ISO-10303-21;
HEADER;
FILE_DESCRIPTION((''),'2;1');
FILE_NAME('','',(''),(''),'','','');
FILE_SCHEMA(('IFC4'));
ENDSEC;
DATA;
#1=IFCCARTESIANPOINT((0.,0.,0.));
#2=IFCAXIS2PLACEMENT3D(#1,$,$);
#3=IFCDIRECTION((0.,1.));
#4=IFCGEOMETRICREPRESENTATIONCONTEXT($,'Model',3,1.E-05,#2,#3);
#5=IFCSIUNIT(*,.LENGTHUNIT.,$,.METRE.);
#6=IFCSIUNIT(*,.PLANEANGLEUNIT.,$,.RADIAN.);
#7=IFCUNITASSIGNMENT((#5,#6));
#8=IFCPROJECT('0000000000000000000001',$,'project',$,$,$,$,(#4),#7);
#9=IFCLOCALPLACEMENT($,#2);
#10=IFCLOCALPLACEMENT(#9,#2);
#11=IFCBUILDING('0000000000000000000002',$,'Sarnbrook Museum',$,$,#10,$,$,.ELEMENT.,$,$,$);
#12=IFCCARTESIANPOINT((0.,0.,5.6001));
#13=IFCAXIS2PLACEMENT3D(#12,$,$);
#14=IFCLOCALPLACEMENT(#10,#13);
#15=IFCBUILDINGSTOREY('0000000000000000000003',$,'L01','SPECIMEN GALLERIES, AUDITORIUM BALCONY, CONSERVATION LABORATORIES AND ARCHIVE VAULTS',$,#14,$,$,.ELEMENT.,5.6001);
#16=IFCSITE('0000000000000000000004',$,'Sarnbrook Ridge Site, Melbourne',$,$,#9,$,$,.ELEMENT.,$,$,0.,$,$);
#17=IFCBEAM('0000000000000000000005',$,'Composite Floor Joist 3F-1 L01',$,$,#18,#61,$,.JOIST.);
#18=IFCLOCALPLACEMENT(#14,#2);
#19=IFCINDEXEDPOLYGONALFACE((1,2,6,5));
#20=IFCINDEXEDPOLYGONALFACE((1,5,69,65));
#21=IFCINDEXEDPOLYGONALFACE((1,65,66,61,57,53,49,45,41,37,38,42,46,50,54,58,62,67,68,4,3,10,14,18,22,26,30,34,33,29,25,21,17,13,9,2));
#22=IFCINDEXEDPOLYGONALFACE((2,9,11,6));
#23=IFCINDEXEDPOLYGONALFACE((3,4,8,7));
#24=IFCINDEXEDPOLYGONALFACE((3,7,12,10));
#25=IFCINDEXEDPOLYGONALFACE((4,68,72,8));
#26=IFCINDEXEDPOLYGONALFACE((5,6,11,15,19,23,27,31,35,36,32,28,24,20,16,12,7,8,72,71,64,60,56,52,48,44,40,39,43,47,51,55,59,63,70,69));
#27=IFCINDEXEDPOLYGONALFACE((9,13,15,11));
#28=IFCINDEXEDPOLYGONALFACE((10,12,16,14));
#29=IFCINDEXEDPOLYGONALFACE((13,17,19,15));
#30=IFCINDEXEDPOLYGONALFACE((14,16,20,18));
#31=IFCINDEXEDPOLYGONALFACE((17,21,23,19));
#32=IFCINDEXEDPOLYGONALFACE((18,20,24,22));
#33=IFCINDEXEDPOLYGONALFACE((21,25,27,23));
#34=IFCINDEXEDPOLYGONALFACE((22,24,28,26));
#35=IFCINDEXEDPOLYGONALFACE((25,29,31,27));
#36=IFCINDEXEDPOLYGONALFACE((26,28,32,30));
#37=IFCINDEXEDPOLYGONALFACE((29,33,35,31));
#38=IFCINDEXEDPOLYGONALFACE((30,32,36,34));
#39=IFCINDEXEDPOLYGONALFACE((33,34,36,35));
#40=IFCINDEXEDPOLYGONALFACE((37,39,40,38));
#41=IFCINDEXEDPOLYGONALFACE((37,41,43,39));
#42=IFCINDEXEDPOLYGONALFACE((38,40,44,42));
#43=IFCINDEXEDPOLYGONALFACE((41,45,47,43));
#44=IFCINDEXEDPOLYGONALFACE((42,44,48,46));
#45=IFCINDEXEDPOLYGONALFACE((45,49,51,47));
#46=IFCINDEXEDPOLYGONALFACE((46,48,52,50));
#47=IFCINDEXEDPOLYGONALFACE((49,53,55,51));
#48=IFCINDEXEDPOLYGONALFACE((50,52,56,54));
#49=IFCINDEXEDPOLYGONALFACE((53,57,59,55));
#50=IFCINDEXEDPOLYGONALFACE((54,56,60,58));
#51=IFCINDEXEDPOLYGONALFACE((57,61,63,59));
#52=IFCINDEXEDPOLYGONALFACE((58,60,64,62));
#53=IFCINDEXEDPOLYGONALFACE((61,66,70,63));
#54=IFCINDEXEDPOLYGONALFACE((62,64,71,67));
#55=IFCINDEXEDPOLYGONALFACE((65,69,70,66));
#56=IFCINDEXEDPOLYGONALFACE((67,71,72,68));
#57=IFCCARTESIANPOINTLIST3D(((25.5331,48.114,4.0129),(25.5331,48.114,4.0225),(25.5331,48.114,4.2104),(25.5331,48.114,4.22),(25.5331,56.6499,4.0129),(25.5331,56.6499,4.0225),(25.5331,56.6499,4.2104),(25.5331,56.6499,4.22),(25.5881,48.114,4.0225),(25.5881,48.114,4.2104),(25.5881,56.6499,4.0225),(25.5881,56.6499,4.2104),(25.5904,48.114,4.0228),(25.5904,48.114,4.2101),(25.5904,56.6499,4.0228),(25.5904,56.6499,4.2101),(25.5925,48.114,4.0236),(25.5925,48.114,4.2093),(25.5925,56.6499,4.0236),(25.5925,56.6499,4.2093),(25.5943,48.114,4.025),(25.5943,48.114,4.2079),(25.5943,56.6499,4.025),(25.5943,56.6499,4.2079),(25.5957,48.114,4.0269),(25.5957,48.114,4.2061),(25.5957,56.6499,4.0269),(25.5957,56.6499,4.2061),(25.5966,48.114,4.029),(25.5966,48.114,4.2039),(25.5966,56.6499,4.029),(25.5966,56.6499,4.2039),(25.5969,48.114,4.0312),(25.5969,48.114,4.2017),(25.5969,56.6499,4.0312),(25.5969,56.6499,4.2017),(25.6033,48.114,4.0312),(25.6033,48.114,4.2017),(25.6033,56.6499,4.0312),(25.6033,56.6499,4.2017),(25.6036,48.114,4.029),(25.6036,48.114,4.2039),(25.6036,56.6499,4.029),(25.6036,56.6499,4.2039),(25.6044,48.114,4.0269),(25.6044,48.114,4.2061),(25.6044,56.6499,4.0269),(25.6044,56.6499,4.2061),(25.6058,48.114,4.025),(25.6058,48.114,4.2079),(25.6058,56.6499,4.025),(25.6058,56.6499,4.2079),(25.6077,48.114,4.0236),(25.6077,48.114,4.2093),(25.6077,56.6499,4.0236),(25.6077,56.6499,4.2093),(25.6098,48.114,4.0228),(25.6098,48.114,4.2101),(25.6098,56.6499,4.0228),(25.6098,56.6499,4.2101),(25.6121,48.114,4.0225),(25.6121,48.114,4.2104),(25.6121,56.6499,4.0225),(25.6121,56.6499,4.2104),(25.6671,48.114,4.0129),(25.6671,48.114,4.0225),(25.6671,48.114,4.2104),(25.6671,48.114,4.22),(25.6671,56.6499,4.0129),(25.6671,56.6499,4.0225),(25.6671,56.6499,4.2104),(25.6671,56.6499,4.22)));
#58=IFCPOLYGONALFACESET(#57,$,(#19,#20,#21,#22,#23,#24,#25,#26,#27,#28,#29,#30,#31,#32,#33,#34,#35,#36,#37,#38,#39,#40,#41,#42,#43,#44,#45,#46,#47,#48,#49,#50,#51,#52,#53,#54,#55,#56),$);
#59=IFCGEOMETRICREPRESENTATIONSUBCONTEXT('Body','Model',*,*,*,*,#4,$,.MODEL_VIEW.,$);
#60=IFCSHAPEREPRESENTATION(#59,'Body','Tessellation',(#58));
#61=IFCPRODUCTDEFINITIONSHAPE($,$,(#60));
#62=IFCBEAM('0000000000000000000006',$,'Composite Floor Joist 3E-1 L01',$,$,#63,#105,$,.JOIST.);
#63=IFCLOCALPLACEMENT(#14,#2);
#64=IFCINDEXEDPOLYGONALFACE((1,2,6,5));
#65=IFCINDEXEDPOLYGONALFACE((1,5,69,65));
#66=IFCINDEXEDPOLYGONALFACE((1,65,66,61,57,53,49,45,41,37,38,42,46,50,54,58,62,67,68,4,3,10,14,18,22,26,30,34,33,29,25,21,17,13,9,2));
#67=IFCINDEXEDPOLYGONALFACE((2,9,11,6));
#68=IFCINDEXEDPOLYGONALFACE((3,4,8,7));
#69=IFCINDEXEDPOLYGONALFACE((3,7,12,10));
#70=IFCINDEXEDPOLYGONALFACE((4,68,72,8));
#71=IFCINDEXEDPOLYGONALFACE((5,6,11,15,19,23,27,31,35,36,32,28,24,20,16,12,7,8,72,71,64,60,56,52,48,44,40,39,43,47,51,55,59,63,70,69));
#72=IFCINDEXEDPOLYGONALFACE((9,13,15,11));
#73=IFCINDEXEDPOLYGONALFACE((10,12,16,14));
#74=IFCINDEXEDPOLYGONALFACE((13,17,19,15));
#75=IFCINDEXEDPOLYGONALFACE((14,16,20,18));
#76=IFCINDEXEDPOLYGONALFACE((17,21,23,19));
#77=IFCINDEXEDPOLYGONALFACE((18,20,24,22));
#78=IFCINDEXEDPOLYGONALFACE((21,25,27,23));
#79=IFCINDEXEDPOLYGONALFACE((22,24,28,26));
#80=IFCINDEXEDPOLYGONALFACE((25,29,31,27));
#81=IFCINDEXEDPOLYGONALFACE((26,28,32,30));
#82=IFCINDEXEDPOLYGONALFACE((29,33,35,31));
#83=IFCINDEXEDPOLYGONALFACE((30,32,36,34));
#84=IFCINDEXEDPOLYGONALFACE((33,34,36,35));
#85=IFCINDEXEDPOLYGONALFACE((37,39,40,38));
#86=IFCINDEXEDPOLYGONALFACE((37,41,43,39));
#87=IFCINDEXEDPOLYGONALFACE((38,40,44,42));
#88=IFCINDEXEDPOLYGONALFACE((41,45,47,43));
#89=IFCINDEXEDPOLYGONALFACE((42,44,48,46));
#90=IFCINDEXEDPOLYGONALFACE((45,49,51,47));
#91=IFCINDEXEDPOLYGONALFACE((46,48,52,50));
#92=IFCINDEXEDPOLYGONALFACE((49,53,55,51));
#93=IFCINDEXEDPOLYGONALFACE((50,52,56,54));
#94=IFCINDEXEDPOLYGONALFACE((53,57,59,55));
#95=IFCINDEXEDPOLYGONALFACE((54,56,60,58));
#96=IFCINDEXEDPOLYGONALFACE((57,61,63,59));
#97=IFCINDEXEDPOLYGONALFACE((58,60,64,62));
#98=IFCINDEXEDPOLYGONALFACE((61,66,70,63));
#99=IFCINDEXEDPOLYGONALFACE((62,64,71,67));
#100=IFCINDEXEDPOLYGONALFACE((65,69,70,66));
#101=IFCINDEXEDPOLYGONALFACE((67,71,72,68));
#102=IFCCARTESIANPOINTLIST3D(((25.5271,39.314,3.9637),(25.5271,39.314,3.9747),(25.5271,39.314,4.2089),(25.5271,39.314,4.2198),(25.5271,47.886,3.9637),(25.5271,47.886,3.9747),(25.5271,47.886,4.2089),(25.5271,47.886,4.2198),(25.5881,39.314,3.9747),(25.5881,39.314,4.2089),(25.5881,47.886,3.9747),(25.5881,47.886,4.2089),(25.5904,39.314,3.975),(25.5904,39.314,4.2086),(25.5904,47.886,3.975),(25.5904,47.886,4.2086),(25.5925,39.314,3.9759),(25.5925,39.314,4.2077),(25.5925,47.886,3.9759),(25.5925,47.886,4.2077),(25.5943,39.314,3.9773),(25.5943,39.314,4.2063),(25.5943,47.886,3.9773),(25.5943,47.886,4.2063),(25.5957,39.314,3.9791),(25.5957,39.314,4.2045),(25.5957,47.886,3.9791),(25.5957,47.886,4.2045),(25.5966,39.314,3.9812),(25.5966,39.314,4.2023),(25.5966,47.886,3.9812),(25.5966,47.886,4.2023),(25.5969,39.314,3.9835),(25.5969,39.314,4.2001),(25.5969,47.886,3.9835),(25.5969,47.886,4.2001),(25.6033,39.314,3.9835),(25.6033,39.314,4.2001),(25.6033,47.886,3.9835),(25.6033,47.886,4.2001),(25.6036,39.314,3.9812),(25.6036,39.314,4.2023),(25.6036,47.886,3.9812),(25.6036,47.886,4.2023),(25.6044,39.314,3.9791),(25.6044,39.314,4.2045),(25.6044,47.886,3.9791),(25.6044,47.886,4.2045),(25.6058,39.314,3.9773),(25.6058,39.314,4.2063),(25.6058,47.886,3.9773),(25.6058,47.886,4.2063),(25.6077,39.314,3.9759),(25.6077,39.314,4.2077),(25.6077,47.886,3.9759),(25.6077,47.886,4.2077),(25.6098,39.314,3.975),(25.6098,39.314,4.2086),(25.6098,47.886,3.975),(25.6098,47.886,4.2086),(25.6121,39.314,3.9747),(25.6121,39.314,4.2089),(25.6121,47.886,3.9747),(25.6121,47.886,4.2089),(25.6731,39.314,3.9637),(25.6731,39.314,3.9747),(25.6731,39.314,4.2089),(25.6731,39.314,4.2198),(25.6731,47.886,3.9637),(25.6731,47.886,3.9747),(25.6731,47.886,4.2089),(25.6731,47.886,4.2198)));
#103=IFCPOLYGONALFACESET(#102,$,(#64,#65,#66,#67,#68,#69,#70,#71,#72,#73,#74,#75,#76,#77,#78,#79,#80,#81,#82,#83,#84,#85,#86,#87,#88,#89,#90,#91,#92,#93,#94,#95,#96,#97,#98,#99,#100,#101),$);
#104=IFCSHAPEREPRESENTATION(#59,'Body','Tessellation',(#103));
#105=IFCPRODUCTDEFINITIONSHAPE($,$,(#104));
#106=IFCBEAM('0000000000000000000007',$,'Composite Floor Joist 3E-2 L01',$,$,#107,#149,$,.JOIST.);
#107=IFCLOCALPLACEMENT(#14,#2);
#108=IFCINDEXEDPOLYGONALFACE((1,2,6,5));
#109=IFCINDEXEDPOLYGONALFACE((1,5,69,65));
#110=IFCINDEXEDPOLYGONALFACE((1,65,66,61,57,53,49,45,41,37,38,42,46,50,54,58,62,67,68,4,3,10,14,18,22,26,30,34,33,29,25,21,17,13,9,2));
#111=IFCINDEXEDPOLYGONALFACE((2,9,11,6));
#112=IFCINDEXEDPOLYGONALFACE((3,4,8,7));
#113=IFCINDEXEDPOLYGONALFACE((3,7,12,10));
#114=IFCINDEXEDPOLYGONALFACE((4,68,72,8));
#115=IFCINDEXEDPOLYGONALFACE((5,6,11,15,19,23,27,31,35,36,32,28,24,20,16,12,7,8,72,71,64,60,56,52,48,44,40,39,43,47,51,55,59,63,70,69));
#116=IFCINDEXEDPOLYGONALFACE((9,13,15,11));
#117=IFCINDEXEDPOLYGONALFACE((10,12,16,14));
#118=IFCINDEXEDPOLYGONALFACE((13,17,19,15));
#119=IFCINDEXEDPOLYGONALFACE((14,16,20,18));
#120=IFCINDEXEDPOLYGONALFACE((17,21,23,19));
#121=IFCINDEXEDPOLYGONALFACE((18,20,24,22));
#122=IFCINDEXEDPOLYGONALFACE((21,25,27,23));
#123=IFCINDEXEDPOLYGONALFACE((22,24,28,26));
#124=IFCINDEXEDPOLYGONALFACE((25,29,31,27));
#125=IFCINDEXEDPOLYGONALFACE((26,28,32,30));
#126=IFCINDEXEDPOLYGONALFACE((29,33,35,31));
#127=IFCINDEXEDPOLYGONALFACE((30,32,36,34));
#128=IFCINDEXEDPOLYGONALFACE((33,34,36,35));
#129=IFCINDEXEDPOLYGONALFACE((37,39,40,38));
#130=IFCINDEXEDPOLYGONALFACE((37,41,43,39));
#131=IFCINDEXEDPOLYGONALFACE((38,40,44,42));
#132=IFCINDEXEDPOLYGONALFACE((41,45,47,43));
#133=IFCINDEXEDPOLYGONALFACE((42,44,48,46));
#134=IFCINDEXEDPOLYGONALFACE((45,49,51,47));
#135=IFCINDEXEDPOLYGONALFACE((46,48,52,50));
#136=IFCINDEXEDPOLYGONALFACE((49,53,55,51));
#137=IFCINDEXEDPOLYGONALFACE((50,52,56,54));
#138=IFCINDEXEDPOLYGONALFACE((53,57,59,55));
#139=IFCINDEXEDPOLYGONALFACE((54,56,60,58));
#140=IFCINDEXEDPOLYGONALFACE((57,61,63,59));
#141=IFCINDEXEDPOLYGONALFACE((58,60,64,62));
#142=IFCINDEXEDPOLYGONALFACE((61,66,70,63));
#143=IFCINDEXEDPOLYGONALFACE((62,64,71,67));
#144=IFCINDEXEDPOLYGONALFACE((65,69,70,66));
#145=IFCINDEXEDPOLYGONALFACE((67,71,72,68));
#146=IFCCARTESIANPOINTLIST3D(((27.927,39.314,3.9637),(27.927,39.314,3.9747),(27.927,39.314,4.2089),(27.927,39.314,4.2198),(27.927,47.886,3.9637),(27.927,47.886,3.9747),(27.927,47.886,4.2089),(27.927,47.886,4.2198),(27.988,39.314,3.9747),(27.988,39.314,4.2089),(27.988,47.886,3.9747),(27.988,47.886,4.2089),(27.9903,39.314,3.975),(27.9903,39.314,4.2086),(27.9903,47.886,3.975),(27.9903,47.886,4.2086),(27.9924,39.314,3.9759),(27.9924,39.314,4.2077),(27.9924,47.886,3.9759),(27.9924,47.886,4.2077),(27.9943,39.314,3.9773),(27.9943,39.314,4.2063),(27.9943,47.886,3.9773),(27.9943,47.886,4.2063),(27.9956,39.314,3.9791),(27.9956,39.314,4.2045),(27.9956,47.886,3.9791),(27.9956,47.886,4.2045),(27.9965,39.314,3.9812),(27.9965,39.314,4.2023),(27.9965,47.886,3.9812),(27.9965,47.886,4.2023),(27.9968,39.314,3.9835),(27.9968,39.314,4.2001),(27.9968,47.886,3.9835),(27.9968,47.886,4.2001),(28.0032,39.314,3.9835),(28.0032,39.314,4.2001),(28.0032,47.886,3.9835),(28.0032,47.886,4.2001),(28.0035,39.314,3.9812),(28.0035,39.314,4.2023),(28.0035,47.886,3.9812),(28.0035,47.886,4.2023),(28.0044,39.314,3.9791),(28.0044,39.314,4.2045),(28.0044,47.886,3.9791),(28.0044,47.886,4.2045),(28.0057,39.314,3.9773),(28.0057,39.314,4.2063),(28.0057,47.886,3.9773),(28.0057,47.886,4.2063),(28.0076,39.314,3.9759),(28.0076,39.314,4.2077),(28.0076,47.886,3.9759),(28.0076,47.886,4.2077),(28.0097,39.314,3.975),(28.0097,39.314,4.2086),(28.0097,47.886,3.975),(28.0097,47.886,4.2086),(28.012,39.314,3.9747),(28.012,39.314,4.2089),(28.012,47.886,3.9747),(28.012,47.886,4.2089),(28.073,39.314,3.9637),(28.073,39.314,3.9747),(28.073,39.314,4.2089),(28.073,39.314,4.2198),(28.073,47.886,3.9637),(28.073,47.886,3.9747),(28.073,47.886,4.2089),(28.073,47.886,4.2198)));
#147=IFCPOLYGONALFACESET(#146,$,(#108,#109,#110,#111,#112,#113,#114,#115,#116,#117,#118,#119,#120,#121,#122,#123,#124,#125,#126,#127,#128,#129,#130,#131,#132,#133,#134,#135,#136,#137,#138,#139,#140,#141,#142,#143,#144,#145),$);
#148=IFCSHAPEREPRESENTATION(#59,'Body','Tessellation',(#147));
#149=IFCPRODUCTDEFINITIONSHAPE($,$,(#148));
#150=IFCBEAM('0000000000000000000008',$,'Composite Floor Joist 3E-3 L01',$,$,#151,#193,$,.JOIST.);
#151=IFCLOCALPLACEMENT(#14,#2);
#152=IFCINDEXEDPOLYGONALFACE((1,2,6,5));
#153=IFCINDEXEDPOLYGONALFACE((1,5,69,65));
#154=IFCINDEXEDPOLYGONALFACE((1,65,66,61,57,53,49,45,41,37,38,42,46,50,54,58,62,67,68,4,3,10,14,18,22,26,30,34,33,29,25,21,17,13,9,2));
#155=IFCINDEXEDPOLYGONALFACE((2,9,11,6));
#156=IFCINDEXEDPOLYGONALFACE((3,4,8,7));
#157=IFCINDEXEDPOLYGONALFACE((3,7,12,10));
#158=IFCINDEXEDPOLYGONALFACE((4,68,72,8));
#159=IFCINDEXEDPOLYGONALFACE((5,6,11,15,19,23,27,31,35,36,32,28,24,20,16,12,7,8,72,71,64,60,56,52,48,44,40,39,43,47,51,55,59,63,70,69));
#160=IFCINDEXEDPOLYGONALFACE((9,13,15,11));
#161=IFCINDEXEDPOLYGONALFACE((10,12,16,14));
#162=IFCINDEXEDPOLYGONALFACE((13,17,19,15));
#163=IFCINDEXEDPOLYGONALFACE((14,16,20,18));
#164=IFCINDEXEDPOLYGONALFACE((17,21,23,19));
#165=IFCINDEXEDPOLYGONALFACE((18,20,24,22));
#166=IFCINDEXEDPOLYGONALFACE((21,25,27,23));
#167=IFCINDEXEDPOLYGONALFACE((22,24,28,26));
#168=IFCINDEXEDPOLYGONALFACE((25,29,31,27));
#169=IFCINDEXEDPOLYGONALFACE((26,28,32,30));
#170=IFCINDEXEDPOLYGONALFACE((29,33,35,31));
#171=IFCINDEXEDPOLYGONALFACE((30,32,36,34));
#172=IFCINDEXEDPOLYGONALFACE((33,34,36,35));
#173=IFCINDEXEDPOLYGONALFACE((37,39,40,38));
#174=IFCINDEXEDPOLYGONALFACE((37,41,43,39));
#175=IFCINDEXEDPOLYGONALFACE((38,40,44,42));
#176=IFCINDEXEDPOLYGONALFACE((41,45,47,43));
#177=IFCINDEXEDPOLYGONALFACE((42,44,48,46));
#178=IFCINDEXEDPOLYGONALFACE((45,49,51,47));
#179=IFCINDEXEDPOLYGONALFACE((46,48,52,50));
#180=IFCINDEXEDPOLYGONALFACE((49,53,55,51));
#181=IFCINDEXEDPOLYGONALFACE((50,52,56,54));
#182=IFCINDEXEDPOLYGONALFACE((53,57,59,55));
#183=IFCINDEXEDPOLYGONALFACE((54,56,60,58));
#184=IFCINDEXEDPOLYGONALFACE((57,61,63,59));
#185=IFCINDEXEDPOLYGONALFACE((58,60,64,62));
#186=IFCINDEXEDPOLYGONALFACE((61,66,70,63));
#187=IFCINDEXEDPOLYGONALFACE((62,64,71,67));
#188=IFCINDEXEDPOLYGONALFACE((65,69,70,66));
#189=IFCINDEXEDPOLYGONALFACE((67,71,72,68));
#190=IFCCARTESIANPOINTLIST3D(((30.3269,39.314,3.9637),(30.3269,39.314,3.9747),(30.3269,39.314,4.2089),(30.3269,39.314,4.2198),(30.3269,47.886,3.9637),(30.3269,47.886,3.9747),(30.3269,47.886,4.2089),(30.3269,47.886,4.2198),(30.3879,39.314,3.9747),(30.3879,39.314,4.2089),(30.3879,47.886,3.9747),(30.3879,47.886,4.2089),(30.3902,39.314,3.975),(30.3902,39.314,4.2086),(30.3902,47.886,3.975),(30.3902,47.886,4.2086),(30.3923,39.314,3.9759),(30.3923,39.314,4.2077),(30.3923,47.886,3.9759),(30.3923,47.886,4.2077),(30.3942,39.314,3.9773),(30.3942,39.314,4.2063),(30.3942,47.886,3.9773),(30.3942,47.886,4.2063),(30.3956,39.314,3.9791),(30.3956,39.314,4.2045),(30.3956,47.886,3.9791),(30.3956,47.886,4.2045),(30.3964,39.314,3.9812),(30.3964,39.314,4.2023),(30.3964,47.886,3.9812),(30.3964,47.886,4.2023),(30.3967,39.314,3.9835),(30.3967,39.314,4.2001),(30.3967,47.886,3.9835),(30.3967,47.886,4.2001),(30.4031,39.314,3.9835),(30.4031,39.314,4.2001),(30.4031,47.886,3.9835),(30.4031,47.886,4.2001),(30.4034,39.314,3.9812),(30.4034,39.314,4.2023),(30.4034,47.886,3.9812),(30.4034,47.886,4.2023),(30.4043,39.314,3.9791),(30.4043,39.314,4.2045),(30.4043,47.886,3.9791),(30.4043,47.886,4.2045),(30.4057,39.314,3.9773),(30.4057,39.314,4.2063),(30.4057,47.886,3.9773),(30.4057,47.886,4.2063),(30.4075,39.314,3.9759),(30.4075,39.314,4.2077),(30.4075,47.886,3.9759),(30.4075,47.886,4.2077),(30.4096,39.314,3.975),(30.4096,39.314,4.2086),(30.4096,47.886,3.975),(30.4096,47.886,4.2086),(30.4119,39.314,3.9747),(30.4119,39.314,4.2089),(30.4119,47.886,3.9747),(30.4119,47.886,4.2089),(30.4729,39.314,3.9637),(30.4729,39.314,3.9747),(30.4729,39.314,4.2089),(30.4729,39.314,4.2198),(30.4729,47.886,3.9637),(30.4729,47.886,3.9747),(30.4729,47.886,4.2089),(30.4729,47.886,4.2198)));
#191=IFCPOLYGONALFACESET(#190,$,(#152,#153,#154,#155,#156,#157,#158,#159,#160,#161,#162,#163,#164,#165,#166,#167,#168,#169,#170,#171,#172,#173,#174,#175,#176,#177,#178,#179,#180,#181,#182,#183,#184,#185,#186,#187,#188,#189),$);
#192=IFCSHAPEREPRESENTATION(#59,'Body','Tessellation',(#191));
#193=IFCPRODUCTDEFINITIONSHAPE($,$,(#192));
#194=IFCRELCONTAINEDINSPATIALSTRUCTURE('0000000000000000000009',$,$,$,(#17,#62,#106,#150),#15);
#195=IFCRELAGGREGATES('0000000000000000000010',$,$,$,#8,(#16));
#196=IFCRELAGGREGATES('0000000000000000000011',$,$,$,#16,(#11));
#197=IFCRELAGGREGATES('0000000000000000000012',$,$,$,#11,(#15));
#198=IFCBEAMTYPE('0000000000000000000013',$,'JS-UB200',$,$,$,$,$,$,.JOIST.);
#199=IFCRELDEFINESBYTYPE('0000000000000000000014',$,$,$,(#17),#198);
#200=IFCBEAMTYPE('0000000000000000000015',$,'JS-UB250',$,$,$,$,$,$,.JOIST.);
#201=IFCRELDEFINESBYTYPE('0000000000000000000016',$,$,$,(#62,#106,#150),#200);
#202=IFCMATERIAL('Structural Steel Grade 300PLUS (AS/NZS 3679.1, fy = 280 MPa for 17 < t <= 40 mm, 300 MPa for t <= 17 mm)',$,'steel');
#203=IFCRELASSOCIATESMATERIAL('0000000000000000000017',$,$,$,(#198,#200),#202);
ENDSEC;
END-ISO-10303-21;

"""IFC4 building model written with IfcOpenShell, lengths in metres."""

from ifc_helpers import new_model, si_unit, direction, frame, origin, origin_2d, place, context, subcontext, project, spatial, i_section, extrude, material, material_profile, profile_set, type_object, element, save


model = new_model("IFC4")

# Units and contexts
model_context = context("Model", 3, precision=1e-05, world=origin(), true_north=direction((0.0, 1.0)))
body_context = subcontext(model_context, "Body", "Model", "MODEL_VIEW")
ifc_project = project(units=[si_unit("LENGTHUNIT", "METRE"), si_unit("PLANEANGLEUNIT", "RADIAN")], contexts=[model_context])

# Site, building, storey
site_placement = place(None, origin())
site = spatial("IfcSite", under=ifc_project, at=site_placement, Name="Sarnbrook Ridge Site, Melbourne", CompositionType="ELEMENT", RefElevation=0.0)
building_placement = place(site_placement, origin())
building = spatial("IfcBuilding", under=site, at=building_placement, Name="Sarnbrook Museum", CompositionType="ELEMENT")
storey_placement = place(building_placement, frame((0.0, 0.0, 5.6001)))
storey = spatial("IfcBuildingStorey", under=building, at=storey_placement, Name="L01", Description="SPECIMEN GALLERIES, AUDITORIUM BALCONY, CONSERVATION LABORATORIES AND ARCHIVE VAULTS", CompositionType="ELEMENT", Elevation=5.6001)

# Shared definitions
ifc_material_1 = material(Name="Structural Steel Grade 300PLUS (AS/NZS 3679.1, fy = 280 MPa for 17 < t <= 40 mm, 300 MPa for t <= 17 mm)", Category="steel")

# Beams
ifc_material_profile_1 = material_profile(ifc_material_1, i_section(OverallWidth=0.134, OverallDepth=0.207, WebThickness=0.0063, FlangeThickness=0.0095, FilletRadius=0.0088, at=origin_2d()), Name="200UB29.8")
ifc_profile_set_1 = profile_set([ifc_material_profile_1], Name="Structural Steel Grade 300PLUS (AS/NZS 3679.1, fy = 280 MPa for 17 < t <= 40 mm, 300 MPa for t <= 17 mm)")
beam_type_1 = type_object("IfcBeamType", Name="JS-UB200", PredefinedType="JOIST", material=ifc_profile_set_1)
beam_1_placement = place(storey_placement, frame((25.6001, 48.114, 4.1165), z_axis=(0.0, 1.0, 0.0), x_axis=(-1.0, 0.0, 0.0)))
element("IfcBeam", 1, at=beam_1_placement, inside=storey, type_object=beam_type_1, Name="Composite Floor Joist 3F-1 L01", PredefinedType="JOIST", context=body_context, shape_type="SweptSolid", body=[
    extrude(i_section(OverallWidth=0.134, OverallDepth=0.207, WebThickness=0.0063, FlangeThickness=0.0095, FilletRadius=0.0088, at=origin_2d()), origin(), (0.0, 0.0, 1.0), 8.5359),
])
ifc_material_profile_2 = material_profile(ifc_material_1, i_section(OverallWidth=0.146, OverallDepth=0.2561, WebThickness=0.0063, FlangeThickness=0.011, FilletRadius=0.0088, at=origin_2d()), Name="250UB37.3")
ifc_profile_set_2 = profile_set([ifc_material_profile_2], Name="Structural Steel Grade 300PLUS (AS/NZS 3679.1, fy = 280 MPa for 17 < t <= 40 mm, 300 MPa for t <= 17 mm)")
beam_type_2 = type_object("IfcBeamType", Name="JS-UB250", PredefinedType="JOIST", material=ifc_profile_set_2)
for number, where, z_axis, x_axis, name in (
    (2, (25.6001, 39.314, 4.0918), (0.0, 1.0, 0.0), (-1.0, 0.0, 0.0), "Composite Floor Joist 3E-1 L01"),
    (3, (28.0, 39.314, 4.0918), (0.0, 1.0, 0.0), (-1.0, 0.0, 0.0), "Composite Floor Joist 3E-2 L01"),
    (4, (30.3999, 39.314, 4.0918), (0.0, 1.0, 0.0), (-1.0, 0.0, 0.0), "Composite Floor Joist 3E-3 L01"),
):
    element("IfcBeam", number, at=place(storey_placement, frame(where, z_axis=z_axis, x_axis=x_axis)), inside=storey, type_object=beam_type_2, Name=name, PredefinedType="JOIST", context=body_context, shape_type="SweptSolid", body=[
        extrude(i_section(OverallWidth=0.146, OverallDepth=0.2561, WebThickness=0.0063, FlangeThickness=0.011, FilletRadius=0.0088, at=origin_2d()), origin(), (0.0, 0.0, 1.0), 8.572),
    ])

save(model, "model.ifc")
